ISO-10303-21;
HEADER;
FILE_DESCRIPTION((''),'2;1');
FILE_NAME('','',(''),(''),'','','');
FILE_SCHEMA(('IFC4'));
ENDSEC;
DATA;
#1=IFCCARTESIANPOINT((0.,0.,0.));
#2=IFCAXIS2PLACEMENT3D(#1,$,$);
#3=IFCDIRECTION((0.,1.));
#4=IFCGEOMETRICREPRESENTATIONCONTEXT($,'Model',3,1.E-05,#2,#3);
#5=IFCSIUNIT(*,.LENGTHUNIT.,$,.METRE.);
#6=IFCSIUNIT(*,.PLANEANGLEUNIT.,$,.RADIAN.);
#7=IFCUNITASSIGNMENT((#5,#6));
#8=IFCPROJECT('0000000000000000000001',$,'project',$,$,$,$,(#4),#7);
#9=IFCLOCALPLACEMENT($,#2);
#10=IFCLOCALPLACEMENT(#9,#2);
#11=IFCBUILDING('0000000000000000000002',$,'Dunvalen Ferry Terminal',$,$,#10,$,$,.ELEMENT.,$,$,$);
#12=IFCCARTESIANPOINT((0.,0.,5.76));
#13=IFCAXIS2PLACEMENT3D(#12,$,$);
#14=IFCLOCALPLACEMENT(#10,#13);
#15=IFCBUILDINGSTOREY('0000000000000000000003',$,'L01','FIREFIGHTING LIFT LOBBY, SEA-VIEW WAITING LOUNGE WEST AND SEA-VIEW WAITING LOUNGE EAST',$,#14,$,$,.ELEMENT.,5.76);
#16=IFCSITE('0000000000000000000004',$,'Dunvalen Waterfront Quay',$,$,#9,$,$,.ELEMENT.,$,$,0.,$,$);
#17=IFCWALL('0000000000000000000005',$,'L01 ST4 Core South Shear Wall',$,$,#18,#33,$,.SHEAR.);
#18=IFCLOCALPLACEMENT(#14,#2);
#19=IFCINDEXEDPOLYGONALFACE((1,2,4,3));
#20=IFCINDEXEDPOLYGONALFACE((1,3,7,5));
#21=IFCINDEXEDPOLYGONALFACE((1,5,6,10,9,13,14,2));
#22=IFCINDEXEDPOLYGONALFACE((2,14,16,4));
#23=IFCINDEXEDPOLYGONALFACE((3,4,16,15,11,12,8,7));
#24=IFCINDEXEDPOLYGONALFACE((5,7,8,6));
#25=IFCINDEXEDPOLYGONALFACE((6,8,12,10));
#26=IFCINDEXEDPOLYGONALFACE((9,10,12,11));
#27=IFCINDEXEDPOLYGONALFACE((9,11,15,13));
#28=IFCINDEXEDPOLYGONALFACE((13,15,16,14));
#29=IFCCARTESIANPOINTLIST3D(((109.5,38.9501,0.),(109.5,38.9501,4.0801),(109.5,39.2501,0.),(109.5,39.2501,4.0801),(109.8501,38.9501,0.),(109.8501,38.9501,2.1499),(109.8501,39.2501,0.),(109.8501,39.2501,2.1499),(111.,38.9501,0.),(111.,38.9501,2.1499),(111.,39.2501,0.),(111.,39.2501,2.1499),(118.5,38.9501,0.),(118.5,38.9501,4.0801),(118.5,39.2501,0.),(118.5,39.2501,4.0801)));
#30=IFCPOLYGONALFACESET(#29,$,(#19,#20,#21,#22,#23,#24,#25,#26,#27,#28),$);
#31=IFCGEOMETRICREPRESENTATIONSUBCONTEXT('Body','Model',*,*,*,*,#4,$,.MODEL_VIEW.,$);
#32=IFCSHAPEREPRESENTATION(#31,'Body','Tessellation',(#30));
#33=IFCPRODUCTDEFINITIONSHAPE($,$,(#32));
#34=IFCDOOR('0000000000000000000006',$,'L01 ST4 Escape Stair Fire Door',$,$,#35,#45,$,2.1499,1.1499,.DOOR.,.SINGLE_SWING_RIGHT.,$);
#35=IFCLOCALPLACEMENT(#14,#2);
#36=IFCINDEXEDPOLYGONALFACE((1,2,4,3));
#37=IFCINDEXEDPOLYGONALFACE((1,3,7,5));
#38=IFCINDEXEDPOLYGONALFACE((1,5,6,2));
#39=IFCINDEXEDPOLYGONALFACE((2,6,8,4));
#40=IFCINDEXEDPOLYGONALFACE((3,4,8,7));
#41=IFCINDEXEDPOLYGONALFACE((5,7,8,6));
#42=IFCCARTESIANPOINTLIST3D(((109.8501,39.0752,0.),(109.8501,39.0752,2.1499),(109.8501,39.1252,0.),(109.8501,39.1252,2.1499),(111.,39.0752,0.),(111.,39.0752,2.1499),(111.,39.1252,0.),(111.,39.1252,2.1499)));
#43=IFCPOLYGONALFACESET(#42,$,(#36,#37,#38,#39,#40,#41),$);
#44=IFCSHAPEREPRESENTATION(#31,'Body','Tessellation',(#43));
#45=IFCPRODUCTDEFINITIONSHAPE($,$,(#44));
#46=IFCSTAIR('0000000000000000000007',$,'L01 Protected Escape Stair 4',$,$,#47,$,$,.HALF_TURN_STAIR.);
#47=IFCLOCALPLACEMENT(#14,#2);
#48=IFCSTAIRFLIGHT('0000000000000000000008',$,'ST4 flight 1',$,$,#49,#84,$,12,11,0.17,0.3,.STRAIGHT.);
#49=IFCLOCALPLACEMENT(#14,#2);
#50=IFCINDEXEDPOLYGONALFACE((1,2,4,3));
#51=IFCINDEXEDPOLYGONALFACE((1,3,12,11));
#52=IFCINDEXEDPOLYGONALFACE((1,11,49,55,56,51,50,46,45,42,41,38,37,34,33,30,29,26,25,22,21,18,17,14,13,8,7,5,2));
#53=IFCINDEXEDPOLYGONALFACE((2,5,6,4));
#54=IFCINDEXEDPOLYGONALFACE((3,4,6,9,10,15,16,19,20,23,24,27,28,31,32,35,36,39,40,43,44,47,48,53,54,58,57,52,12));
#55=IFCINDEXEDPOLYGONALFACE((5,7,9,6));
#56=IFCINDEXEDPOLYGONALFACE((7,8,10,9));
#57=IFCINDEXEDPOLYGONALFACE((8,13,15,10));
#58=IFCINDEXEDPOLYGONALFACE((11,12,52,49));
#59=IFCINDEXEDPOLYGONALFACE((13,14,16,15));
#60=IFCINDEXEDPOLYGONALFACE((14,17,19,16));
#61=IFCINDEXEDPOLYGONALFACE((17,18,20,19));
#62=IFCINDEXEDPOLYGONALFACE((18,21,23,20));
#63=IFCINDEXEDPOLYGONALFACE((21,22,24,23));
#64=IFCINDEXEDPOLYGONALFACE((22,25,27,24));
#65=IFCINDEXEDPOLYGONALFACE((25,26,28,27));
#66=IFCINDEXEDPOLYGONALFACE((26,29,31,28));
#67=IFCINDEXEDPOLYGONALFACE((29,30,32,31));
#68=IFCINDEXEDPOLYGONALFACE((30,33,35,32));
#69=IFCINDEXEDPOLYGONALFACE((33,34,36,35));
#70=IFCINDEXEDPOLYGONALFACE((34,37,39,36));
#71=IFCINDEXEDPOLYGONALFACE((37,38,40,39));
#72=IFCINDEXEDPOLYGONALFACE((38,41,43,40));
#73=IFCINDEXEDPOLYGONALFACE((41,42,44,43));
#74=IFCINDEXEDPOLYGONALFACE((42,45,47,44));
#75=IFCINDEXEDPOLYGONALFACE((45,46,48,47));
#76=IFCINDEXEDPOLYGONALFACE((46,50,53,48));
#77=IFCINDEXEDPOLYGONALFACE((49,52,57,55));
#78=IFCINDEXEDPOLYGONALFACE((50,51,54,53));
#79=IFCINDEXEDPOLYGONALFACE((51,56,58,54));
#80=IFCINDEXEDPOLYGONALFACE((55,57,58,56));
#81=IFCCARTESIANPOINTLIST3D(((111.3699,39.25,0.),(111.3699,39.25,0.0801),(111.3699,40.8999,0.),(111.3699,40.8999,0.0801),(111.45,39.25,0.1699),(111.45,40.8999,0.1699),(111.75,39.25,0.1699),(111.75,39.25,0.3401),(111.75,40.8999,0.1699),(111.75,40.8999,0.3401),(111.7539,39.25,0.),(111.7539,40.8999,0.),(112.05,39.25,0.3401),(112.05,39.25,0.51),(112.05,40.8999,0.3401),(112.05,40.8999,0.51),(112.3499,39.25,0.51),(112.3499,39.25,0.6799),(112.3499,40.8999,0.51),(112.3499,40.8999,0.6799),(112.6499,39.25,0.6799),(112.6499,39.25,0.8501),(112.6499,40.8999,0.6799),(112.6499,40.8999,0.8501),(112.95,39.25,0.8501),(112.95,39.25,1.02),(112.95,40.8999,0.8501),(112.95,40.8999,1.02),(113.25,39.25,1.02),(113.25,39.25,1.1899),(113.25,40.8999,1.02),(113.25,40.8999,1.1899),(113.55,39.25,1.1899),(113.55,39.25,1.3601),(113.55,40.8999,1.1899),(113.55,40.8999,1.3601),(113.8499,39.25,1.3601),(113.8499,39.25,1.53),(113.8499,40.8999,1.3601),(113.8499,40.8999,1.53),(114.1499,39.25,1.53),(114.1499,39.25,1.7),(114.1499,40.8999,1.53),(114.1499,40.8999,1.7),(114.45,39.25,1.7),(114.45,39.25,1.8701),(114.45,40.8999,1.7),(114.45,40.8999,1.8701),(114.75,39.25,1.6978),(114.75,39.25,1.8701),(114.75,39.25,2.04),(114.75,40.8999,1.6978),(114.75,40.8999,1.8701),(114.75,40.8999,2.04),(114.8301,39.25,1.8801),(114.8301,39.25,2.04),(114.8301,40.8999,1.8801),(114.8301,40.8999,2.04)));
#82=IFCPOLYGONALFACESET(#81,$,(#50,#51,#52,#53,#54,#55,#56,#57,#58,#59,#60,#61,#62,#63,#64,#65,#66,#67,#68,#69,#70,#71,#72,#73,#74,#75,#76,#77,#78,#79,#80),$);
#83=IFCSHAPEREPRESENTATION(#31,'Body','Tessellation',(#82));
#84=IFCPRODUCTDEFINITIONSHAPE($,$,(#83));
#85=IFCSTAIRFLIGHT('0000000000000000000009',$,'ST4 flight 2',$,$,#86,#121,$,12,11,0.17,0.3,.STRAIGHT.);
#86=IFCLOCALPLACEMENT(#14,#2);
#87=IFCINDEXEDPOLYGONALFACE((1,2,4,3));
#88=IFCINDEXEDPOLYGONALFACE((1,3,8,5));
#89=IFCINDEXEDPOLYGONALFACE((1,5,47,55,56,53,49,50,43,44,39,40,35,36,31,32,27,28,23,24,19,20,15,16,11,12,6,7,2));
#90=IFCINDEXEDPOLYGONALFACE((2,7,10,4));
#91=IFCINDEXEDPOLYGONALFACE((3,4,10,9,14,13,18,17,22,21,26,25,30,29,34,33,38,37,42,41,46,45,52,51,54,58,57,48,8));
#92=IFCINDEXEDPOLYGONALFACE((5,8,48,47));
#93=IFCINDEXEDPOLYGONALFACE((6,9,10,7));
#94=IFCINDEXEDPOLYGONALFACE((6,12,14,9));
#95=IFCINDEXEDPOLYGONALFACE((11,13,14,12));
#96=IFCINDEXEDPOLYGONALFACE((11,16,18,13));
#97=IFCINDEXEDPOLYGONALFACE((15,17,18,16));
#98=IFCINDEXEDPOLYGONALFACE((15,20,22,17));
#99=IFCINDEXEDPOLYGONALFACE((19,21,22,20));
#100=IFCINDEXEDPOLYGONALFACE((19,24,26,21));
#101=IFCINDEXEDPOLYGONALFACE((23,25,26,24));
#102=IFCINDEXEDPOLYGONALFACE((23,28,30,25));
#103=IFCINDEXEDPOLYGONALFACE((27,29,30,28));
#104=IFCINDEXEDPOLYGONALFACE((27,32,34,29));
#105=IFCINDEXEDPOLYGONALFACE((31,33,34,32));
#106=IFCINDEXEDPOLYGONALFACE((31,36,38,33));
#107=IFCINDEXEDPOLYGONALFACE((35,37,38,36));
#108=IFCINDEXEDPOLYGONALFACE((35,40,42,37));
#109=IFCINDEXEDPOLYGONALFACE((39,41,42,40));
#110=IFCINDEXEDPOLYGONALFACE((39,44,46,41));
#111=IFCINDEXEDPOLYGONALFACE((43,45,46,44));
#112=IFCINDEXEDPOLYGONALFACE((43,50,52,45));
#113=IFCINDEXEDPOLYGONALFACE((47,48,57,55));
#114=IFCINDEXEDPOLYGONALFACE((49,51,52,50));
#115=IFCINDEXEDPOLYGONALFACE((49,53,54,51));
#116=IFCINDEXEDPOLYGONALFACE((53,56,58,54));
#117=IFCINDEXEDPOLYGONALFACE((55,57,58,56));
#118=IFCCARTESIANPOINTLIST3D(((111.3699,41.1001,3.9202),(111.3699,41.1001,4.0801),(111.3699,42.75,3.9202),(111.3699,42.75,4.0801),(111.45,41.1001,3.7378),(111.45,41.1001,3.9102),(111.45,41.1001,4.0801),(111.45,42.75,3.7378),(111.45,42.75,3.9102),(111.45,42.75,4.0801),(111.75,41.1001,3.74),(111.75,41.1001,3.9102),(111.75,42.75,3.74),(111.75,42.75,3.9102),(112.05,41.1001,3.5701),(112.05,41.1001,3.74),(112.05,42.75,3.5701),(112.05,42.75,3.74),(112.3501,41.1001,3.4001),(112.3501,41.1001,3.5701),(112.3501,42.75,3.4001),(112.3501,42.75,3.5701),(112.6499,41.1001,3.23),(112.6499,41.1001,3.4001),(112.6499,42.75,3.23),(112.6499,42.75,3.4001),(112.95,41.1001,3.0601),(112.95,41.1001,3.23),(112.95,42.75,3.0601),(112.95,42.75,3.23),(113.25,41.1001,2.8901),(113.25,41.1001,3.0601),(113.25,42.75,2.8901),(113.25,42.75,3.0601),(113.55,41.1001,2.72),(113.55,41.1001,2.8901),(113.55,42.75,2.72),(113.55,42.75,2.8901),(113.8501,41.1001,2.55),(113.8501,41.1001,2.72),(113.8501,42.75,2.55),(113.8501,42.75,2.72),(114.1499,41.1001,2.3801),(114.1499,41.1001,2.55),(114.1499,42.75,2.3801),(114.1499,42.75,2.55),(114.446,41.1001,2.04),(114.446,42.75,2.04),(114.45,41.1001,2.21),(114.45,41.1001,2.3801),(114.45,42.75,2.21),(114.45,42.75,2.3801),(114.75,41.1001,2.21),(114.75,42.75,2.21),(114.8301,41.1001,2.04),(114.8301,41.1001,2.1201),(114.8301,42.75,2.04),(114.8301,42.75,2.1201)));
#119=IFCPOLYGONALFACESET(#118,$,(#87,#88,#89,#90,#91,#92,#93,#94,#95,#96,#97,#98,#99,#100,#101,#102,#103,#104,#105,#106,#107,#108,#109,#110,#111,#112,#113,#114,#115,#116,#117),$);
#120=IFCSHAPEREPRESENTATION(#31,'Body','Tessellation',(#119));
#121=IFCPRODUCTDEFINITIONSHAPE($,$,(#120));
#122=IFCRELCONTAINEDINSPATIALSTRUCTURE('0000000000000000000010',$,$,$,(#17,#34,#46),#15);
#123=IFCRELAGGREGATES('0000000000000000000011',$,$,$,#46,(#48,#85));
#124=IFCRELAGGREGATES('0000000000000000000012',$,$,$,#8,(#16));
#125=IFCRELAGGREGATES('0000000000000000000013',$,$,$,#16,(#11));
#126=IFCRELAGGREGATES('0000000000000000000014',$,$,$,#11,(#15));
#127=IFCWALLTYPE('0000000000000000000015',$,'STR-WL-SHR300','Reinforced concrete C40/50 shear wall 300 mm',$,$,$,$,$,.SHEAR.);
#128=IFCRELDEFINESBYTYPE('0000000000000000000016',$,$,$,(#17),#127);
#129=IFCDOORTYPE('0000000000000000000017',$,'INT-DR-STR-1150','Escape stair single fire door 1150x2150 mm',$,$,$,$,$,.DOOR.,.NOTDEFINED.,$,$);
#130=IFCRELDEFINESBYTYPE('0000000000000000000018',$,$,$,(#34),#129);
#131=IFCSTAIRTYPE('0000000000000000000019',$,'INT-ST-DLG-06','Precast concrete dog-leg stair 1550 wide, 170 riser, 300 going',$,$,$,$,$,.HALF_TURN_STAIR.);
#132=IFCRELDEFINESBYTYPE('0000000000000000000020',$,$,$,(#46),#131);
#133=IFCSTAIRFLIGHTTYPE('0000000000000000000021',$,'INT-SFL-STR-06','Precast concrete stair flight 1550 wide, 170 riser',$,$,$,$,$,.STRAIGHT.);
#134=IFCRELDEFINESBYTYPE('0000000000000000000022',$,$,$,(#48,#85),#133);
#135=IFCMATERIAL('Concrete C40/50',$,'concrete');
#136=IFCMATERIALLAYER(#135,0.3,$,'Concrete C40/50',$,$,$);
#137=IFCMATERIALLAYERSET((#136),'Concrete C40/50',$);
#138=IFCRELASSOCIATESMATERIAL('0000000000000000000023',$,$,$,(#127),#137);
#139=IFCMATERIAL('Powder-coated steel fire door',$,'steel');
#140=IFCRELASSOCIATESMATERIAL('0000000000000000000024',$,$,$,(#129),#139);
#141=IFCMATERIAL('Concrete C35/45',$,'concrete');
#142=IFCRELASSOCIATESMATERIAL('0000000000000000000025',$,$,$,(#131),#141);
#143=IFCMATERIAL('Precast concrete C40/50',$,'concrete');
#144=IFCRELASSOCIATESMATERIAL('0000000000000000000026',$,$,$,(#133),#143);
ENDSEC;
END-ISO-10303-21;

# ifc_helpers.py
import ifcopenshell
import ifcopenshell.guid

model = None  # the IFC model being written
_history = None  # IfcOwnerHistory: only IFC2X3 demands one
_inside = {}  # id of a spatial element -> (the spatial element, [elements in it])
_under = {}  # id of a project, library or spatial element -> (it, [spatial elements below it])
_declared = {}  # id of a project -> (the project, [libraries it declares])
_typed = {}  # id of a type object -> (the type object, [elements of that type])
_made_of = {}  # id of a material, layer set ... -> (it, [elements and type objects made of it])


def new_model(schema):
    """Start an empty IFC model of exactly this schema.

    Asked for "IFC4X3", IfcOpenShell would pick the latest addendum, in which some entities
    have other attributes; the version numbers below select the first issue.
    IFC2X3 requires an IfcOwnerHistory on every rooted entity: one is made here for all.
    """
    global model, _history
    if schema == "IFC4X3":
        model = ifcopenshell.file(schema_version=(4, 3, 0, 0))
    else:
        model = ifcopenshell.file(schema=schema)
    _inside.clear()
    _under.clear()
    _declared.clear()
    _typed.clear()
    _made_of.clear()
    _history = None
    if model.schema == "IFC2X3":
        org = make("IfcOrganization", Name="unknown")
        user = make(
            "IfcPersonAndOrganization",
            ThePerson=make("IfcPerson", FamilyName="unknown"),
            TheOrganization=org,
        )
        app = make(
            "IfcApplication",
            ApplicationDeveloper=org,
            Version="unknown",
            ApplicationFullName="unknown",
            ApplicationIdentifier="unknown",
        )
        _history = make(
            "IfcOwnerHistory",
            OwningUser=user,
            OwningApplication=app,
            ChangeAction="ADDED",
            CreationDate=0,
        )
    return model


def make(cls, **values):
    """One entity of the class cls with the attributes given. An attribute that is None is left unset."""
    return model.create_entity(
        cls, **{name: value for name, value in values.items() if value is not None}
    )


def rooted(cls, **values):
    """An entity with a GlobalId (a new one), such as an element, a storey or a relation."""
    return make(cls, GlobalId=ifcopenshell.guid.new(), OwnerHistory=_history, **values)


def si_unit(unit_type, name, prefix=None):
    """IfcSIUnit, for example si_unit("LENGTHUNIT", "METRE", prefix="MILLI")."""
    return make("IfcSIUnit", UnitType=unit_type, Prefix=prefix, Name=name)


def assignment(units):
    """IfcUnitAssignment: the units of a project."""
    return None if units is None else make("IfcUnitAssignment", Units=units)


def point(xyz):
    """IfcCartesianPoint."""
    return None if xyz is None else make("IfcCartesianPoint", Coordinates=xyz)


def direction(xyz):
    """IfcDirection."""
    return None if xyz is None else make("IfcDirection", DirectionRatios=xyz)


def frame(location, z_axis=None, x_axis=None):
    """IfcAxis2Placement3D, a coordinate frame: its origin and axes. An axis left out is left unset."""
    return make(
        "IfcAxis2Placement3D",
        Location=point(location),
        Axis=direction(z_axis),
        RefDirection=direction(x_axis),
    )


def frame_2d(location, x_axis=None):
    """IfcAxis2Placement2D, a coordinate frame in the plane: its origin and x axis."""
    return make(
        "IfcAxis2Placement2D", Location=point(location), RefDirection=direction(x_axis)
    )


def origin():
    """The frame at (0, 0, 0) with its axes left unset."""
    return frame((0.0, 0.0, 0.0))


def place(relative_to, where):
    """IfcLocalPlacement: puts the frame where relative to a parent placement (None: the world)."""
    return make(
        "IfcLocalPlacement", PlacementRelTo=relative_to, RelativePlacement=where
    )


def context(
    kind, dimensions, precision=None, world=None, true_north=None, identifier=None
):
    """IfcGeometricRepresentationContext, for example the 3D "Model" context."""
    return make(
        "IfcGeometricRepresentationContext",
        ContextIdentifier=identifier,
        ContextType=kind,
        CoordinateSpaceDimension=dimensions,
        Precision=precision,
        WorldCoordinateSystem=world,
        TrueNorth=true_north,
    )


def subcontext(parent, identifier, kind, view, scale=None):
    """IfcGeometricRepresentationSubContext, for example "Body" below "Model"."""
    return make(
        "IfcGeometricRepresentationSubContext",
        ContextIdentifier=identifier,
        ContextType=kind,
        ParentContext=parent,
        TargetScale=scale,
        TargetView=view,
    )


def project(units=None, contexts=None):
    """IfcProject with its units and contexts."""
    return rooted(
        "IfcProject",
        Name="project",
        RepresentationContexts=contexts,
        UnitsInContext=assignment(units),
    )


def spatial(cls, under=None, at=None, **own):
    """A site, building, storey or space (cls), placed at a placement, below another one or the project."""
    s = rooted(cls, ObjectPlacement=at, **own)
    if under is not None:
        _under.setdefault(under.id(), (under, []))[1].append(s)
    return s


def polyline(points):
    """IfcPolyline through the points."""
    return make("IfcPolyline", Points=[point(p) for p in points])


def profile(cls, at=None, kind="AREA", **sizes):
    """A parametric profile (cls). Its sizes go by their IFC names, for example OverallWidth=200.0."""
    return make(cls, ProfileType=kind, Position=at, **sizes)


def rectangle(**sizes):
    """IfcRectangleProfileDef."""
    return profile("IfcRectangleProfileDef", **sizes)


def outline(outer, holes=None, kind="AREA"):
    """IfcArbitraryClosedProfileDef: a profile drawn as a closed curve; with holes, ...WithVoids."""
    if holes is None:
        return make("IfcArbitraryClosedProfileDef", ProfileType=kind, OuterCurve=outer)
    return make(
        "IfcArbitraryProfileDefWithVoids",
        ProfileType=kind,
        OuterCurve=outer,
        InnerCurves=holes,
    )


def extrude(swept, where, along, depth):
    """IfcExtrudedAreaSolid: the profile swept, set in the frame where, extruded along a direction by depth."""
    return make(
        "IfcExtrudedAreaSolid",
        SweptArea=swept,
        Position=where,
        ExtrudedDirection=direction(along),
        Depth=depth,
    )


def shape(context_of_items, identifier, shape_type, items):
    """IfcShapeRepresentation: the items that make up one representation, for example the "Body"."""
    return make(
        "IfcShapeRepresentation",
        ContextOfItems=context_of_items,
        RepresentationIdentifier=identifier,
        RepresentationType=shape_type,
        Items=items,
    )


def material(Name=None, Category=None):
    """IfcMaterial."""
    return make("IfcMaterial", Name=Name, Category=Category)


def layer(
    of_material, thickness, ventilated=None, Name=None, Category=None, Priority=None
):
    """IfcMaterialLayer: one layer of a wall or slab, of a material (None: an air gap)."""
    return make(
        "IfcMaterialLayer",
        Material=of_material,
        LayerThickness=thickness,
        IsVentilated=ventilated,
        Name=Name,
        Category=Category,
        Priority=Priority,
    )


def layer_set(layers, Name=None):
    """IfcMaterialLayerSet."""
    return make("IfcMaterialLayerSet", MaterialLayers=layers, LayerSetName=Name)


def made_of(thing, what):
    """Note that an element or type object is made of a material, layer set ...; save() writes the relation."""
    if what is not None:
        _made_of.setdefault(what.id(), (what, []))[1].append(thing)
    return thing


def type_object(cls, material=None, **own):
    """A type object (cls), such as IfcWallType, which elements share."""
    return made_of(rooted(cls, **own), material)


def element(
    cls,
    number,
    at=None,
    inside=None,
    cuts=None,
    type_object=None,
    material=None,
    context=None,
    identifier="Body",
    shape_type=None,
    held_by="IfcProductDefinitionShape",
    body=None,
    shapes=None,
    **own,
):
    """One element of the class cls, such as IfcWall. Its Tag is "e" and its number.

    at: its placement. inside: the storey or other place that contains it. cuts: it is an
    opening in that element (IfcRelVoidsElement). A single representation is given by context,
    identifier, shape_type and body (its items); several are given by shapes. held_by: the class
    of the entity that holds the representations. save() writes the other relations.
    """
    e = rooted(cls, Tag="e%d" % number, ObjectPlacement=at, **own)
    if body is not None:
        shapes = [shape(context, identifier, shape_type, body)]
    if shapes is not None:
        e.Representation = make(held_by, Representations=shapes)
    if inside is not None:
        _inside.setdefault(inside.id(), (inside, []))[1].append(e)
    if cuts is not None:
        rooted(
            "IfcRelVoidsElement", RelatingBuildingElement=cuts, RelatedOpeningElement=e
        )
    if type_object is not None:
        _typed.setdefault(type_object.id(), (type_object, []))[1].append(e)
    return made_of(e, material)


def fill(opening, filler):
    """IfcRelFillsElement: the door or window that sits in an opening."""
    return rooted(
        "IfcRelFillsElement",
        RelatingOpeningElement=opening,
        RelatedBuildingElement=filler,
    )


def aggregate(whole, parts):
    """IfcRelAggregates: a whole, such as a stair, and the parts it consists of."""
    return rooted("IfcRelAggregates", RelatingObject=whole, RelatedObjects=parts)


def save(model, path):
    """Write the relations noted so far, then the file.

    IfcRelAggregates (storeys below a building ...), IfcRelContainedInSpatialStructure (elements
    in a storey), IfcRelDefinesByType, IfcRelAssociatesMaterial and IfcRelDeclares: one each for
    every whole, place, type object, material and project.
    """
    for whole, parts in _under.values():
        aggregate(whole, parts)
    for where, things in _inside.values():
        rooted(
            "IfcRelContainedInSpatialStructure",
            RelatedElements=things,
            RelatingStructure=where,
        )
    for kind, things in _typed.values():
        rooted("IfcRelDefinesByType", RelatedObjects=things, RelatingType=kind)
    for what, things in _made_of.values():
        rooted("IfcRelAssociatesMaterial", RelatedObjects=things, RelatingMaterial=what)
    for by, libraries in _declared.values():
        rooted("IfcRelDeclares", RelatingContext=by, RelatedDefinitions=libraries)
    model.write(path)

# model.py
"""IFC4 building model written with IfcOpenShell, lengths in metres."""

from ifc_helpers import new_model, si_unit, direction, frame, frame_2d, origin, place, context, subcontext, project, spatial, polyline, rectangle, outline, extrude, material, layer, layer_set, type_object, element, fill, aggregate, save


model = new_model("IFC4")

# Units and contexts
model_context = context("Model", 3, precision=1e-05, world=origin(), true_north=direction((0.0, 1.0)))
body_context = subcontext(model_context, "Body", "Model", "MODEL_VIEW")
ifc_project = project(units=[si_unit("LENGTHUNIT", "METRE"), si_unit("PLANEANGLEUNIT", "RADIAN")], contexts=[model_context])

# Site, building, storey
site_placement = place(None, origin())
site = spatial("IfcSite", under=ifc_project, at=site_placement, Name="Dunvalen Waterfront Quay", CompositionType="ELEMENT", RefElevation=0.0)
building_placement = place(site_placement, origin())
building = spatial("IfcBuilding", under=site, at=building_placement, Name="Dunvalen Ferry Terminal", CompositionType="ELEMENT")
storey_placement = place(building_placement, frame((0.0, 0.0, 5.76)))
storey = spatial("IfcBuildingStorey", under=building, at=storey_placement, Name="L01", Description="FIREFIGHTING LIFT LOBBY, SEA-VIEW WAITING LOUNGE WEST AND SEA-VIEW WAITING LOUNGE EAST", CompositionType="ELEMENT", Elevation=5.76)

# Shared definitions
ifc_material_1 = material(Name="Concrete C40/50", Category="concrete")

# Shared definitions
ifc_material_2 = material(Name="Concrete C35/45", Category="concrete")

# Shared definitions
ifc_layer_1 = layer(ifc_material_1, 0.3, Name="Concrete C40/50")
ifc_layer_set_1 = layer_set([ifc_layer_1], Name="Concrete C40/50")
wall_type_1 = type_object("IfcWallType", Name="STR-WL-SHR300", Description="Reinforced concrete C40/50 shear wall 300 mm", PredefinedType="SHEAR", material=ifc_layer_set_1)

# Wall, opening, door
wall_1_placement = place(storey_placement, frame((109.5, 39.1001, 0.0), z_axis=(0.0, 0.0, 1.0), x_axis=(1.0, 0.0, 0.0)))
wall_1 = element("IfcWall", 1, at=wall_1_placement, inside=storey, type_object=wall_type_1, Name="L01 ST4 Core South Shear Wall", PredefinedType="SHEAR", context=body_context, shape_type="SweptSolid", body=[
    extrude(rectangle(XDim=9.0, YDim=0.3, at=frame_2d((4.5, 0.0))), origin(), (0.0, 0.0, 1.0), 4.0801),
])
opening_1_placement = place(wall_1_placement, frame((0.3501, 0.0, 0.0)))
opening_1 = element("IfcOpeningElement", 2, at=opening_1_placement, cuts=wall_1, PredefinedType="OPENING", context=body_context, shape_type="SweptSolid", body=[
    extrude(rectangle(XDim=1.1499, YDim=2.1499, at=frame_2d((0.575, 1.075))), frame((0.0, 0.1602, 0.0), z_axis=(0.0, -1.0, 0.0), x_axis=(1.0, 0.0, 0.0)), (0.0, 0.0, 1.0), 0.3201),
])
ifc_material_3 = material(Name="Powder-coated steel fire door", Category="steel")
door_type = type_object("IfcDoorType", Name="INT-DR-STR-1150", Description="Escape stair single fire door 1150x2150 mm", OperationType="NOTDEFINED", PredefinedType="DOOR", material=ifc_material_3)
door_placement = place(opening_1_placement, frame((1.1499, 0.0, 0.0), z_axis=(0.0, 0.0, 1.0), x_axis=(-1.0, 0.0, 0.0)))
door = element("IfcDoor", 3, at=door_placement, inside=storey, type_object=door_type, Name="L01 ST4 Escape Stair Fire Door", OperationType="SINGLE_SWING_RIGHT", OverallHeight=2.1499, OverallWidth=1.1499, PredefinedType="DOOR", context=body_context, shape_type="SweptSolid", body=[
    extrude(rectangle(XDim=1.1499, YDim=2.1499, at=frame_2d((0.575, 1.075))), frame((0.0, 0.0249, 0.0), z_axis=(0.0, -1.0, 0.0), x_axis=(1.0, 0.0, 0.0)), (0.0, 0.0, 1.0), 0.05),
])
fill(opening_1, door)

# Stair, stair flights
stair_type = type_object("IfcStairType", Name="INT-ST-DLG-06", Description="Precast concrete dog-leg stair 1550 wide, 170 riser, 300 going", PredefinedType="HALF_TURN_STAIR", material=ifc_material_2)
stair_placement = place(storey_placement, origin())
stair = element("IfcStair", 4, at=stair_placement, inside=storey, type_object=stair_type, Name="L01 Protected Escape Stair 4", PredefinedType="HALF_TURN_STAIR")
ifc_material_4 = material(Name="Precast concrete C40/50", Category="concrete")
stair_flight_type = type_object("IfcStairFlightType", Name="INT-SFL-STR-06", Description="Precast concrete stair flight 1550 wide, 170 riser", PredefinedType="STRAIGHT", material=ifc_material_4)
stair_flight_1_placement = place(storey_placement, frame((111.45, 40.075, 0.0), z_axis=(0.0, 0.0, 1.0), x_axis=(1.0, 0.0, 0.0)))
stair_flight_1 = element("IfcStairFlight", 5, at=stair_flight_1_placement, type_object=stair_flight_type, Name="ST4 flight 1", NumberOfRisers=12, NumberOfTreads=11, PredefinedType="STRAIGHT", RiserHeight=0.17, TreadLength=0.3, context=body_context, shape_type="SweptSolid", body=[
    extrude(outline(polyline([(-0.0801, 0.0), (-0.0801, 0.0801), (0.0, 0.1699), (0.3, 0.1699), (0.3, 0.3401), (0.6001, 0.3401), (0.6001, 0.51), (0.8999, 0.51), (0.8999, 0.6799), (1.2, 0.6799), (1.2, 0.8501), (1.5, 0.8501), (1.5, 1.02), (1.8, 1.02), (1.8, 1.1899), (2.1001, 1.1899), (2.1001, 1.3601), (2.3999, 1.3601), (2.3999, 1.53), (2.7, 1.53), (2.7, 1.7), (3.0, 1.7), (3.0, 1.8701), (3.3, 1.8701), (3.3, 2.04), (3.3801, 2.04), (3.3801, 1.8801), (3.3, 1.6978), (0.304, 0.0), (-0.0801, 0.0)])), frame((0.0, 0.825, 0.0), z_axis=(0.0, -1.0, 0.0), x_axis=(1.0, 0.0, 0.0)), (0.0, 0.0, 1.0), 1.6499),
])
stair_flight_2_placement = place(storey_placement, frame((114.75, 41.925, 2.04), z_axis=(0.0, 0.0, 1.0), x_axis=(-1.0, 0.0, 0.0)))
stair_flight_2 = element("IfcStairFlight", 6, at=stair_flight_2_placement, type_object=stair_flight_type, Name="ST4 flight 2", NumberOfRisers=12, NumberOfTreads=11, PredefinedType="STRAIGHT", RiserHeight=0.17, TreadLength=0.3, context=body_context, shape_type="SweptSolid", body=[
    extrude(outline(polyline([(-0.0801, 0.0), (-0.0801, 0.0801), (0.0, 0.1699), (0.3, 0.1699), (0.3, 0.3401), (0.6001, 0.3401), (0.6001, 0.51), (0.8999, 0.51), (0.8999, 0.6799), (1.2, 0.6799), (1.2, 0.8501), (1.5, 0.8501), (1.5, 1.02), (1.8, 1.02), (1.8, 1.1899), (2.1001, 1.1899), (2.1001, 1.3601), (2.3999, 1.3601), (2.3999, 1.53), (2.7, 1.53), (2.7, 1.7), (3.0, 1.7), (3.0, 1.8701), (3.3, 1.8701), (3.3, 2.04), (3.3801, 2.04), (3.3801, 1.8801), (3.3, 1.6978), (0.304, 0.0), (-0.0801, 0.0)])), frame((0.0, 0.825, 0.0), z_axis=(0.0, -1.0, 0.0), x_axis=(1.0, 0.0, 0.0)), (0.0, 0.0, 1.0), 1.6499),
])
aggregate(stair, [stair_flight_1, stair_flight_2])

save(model, "model.ifc")
